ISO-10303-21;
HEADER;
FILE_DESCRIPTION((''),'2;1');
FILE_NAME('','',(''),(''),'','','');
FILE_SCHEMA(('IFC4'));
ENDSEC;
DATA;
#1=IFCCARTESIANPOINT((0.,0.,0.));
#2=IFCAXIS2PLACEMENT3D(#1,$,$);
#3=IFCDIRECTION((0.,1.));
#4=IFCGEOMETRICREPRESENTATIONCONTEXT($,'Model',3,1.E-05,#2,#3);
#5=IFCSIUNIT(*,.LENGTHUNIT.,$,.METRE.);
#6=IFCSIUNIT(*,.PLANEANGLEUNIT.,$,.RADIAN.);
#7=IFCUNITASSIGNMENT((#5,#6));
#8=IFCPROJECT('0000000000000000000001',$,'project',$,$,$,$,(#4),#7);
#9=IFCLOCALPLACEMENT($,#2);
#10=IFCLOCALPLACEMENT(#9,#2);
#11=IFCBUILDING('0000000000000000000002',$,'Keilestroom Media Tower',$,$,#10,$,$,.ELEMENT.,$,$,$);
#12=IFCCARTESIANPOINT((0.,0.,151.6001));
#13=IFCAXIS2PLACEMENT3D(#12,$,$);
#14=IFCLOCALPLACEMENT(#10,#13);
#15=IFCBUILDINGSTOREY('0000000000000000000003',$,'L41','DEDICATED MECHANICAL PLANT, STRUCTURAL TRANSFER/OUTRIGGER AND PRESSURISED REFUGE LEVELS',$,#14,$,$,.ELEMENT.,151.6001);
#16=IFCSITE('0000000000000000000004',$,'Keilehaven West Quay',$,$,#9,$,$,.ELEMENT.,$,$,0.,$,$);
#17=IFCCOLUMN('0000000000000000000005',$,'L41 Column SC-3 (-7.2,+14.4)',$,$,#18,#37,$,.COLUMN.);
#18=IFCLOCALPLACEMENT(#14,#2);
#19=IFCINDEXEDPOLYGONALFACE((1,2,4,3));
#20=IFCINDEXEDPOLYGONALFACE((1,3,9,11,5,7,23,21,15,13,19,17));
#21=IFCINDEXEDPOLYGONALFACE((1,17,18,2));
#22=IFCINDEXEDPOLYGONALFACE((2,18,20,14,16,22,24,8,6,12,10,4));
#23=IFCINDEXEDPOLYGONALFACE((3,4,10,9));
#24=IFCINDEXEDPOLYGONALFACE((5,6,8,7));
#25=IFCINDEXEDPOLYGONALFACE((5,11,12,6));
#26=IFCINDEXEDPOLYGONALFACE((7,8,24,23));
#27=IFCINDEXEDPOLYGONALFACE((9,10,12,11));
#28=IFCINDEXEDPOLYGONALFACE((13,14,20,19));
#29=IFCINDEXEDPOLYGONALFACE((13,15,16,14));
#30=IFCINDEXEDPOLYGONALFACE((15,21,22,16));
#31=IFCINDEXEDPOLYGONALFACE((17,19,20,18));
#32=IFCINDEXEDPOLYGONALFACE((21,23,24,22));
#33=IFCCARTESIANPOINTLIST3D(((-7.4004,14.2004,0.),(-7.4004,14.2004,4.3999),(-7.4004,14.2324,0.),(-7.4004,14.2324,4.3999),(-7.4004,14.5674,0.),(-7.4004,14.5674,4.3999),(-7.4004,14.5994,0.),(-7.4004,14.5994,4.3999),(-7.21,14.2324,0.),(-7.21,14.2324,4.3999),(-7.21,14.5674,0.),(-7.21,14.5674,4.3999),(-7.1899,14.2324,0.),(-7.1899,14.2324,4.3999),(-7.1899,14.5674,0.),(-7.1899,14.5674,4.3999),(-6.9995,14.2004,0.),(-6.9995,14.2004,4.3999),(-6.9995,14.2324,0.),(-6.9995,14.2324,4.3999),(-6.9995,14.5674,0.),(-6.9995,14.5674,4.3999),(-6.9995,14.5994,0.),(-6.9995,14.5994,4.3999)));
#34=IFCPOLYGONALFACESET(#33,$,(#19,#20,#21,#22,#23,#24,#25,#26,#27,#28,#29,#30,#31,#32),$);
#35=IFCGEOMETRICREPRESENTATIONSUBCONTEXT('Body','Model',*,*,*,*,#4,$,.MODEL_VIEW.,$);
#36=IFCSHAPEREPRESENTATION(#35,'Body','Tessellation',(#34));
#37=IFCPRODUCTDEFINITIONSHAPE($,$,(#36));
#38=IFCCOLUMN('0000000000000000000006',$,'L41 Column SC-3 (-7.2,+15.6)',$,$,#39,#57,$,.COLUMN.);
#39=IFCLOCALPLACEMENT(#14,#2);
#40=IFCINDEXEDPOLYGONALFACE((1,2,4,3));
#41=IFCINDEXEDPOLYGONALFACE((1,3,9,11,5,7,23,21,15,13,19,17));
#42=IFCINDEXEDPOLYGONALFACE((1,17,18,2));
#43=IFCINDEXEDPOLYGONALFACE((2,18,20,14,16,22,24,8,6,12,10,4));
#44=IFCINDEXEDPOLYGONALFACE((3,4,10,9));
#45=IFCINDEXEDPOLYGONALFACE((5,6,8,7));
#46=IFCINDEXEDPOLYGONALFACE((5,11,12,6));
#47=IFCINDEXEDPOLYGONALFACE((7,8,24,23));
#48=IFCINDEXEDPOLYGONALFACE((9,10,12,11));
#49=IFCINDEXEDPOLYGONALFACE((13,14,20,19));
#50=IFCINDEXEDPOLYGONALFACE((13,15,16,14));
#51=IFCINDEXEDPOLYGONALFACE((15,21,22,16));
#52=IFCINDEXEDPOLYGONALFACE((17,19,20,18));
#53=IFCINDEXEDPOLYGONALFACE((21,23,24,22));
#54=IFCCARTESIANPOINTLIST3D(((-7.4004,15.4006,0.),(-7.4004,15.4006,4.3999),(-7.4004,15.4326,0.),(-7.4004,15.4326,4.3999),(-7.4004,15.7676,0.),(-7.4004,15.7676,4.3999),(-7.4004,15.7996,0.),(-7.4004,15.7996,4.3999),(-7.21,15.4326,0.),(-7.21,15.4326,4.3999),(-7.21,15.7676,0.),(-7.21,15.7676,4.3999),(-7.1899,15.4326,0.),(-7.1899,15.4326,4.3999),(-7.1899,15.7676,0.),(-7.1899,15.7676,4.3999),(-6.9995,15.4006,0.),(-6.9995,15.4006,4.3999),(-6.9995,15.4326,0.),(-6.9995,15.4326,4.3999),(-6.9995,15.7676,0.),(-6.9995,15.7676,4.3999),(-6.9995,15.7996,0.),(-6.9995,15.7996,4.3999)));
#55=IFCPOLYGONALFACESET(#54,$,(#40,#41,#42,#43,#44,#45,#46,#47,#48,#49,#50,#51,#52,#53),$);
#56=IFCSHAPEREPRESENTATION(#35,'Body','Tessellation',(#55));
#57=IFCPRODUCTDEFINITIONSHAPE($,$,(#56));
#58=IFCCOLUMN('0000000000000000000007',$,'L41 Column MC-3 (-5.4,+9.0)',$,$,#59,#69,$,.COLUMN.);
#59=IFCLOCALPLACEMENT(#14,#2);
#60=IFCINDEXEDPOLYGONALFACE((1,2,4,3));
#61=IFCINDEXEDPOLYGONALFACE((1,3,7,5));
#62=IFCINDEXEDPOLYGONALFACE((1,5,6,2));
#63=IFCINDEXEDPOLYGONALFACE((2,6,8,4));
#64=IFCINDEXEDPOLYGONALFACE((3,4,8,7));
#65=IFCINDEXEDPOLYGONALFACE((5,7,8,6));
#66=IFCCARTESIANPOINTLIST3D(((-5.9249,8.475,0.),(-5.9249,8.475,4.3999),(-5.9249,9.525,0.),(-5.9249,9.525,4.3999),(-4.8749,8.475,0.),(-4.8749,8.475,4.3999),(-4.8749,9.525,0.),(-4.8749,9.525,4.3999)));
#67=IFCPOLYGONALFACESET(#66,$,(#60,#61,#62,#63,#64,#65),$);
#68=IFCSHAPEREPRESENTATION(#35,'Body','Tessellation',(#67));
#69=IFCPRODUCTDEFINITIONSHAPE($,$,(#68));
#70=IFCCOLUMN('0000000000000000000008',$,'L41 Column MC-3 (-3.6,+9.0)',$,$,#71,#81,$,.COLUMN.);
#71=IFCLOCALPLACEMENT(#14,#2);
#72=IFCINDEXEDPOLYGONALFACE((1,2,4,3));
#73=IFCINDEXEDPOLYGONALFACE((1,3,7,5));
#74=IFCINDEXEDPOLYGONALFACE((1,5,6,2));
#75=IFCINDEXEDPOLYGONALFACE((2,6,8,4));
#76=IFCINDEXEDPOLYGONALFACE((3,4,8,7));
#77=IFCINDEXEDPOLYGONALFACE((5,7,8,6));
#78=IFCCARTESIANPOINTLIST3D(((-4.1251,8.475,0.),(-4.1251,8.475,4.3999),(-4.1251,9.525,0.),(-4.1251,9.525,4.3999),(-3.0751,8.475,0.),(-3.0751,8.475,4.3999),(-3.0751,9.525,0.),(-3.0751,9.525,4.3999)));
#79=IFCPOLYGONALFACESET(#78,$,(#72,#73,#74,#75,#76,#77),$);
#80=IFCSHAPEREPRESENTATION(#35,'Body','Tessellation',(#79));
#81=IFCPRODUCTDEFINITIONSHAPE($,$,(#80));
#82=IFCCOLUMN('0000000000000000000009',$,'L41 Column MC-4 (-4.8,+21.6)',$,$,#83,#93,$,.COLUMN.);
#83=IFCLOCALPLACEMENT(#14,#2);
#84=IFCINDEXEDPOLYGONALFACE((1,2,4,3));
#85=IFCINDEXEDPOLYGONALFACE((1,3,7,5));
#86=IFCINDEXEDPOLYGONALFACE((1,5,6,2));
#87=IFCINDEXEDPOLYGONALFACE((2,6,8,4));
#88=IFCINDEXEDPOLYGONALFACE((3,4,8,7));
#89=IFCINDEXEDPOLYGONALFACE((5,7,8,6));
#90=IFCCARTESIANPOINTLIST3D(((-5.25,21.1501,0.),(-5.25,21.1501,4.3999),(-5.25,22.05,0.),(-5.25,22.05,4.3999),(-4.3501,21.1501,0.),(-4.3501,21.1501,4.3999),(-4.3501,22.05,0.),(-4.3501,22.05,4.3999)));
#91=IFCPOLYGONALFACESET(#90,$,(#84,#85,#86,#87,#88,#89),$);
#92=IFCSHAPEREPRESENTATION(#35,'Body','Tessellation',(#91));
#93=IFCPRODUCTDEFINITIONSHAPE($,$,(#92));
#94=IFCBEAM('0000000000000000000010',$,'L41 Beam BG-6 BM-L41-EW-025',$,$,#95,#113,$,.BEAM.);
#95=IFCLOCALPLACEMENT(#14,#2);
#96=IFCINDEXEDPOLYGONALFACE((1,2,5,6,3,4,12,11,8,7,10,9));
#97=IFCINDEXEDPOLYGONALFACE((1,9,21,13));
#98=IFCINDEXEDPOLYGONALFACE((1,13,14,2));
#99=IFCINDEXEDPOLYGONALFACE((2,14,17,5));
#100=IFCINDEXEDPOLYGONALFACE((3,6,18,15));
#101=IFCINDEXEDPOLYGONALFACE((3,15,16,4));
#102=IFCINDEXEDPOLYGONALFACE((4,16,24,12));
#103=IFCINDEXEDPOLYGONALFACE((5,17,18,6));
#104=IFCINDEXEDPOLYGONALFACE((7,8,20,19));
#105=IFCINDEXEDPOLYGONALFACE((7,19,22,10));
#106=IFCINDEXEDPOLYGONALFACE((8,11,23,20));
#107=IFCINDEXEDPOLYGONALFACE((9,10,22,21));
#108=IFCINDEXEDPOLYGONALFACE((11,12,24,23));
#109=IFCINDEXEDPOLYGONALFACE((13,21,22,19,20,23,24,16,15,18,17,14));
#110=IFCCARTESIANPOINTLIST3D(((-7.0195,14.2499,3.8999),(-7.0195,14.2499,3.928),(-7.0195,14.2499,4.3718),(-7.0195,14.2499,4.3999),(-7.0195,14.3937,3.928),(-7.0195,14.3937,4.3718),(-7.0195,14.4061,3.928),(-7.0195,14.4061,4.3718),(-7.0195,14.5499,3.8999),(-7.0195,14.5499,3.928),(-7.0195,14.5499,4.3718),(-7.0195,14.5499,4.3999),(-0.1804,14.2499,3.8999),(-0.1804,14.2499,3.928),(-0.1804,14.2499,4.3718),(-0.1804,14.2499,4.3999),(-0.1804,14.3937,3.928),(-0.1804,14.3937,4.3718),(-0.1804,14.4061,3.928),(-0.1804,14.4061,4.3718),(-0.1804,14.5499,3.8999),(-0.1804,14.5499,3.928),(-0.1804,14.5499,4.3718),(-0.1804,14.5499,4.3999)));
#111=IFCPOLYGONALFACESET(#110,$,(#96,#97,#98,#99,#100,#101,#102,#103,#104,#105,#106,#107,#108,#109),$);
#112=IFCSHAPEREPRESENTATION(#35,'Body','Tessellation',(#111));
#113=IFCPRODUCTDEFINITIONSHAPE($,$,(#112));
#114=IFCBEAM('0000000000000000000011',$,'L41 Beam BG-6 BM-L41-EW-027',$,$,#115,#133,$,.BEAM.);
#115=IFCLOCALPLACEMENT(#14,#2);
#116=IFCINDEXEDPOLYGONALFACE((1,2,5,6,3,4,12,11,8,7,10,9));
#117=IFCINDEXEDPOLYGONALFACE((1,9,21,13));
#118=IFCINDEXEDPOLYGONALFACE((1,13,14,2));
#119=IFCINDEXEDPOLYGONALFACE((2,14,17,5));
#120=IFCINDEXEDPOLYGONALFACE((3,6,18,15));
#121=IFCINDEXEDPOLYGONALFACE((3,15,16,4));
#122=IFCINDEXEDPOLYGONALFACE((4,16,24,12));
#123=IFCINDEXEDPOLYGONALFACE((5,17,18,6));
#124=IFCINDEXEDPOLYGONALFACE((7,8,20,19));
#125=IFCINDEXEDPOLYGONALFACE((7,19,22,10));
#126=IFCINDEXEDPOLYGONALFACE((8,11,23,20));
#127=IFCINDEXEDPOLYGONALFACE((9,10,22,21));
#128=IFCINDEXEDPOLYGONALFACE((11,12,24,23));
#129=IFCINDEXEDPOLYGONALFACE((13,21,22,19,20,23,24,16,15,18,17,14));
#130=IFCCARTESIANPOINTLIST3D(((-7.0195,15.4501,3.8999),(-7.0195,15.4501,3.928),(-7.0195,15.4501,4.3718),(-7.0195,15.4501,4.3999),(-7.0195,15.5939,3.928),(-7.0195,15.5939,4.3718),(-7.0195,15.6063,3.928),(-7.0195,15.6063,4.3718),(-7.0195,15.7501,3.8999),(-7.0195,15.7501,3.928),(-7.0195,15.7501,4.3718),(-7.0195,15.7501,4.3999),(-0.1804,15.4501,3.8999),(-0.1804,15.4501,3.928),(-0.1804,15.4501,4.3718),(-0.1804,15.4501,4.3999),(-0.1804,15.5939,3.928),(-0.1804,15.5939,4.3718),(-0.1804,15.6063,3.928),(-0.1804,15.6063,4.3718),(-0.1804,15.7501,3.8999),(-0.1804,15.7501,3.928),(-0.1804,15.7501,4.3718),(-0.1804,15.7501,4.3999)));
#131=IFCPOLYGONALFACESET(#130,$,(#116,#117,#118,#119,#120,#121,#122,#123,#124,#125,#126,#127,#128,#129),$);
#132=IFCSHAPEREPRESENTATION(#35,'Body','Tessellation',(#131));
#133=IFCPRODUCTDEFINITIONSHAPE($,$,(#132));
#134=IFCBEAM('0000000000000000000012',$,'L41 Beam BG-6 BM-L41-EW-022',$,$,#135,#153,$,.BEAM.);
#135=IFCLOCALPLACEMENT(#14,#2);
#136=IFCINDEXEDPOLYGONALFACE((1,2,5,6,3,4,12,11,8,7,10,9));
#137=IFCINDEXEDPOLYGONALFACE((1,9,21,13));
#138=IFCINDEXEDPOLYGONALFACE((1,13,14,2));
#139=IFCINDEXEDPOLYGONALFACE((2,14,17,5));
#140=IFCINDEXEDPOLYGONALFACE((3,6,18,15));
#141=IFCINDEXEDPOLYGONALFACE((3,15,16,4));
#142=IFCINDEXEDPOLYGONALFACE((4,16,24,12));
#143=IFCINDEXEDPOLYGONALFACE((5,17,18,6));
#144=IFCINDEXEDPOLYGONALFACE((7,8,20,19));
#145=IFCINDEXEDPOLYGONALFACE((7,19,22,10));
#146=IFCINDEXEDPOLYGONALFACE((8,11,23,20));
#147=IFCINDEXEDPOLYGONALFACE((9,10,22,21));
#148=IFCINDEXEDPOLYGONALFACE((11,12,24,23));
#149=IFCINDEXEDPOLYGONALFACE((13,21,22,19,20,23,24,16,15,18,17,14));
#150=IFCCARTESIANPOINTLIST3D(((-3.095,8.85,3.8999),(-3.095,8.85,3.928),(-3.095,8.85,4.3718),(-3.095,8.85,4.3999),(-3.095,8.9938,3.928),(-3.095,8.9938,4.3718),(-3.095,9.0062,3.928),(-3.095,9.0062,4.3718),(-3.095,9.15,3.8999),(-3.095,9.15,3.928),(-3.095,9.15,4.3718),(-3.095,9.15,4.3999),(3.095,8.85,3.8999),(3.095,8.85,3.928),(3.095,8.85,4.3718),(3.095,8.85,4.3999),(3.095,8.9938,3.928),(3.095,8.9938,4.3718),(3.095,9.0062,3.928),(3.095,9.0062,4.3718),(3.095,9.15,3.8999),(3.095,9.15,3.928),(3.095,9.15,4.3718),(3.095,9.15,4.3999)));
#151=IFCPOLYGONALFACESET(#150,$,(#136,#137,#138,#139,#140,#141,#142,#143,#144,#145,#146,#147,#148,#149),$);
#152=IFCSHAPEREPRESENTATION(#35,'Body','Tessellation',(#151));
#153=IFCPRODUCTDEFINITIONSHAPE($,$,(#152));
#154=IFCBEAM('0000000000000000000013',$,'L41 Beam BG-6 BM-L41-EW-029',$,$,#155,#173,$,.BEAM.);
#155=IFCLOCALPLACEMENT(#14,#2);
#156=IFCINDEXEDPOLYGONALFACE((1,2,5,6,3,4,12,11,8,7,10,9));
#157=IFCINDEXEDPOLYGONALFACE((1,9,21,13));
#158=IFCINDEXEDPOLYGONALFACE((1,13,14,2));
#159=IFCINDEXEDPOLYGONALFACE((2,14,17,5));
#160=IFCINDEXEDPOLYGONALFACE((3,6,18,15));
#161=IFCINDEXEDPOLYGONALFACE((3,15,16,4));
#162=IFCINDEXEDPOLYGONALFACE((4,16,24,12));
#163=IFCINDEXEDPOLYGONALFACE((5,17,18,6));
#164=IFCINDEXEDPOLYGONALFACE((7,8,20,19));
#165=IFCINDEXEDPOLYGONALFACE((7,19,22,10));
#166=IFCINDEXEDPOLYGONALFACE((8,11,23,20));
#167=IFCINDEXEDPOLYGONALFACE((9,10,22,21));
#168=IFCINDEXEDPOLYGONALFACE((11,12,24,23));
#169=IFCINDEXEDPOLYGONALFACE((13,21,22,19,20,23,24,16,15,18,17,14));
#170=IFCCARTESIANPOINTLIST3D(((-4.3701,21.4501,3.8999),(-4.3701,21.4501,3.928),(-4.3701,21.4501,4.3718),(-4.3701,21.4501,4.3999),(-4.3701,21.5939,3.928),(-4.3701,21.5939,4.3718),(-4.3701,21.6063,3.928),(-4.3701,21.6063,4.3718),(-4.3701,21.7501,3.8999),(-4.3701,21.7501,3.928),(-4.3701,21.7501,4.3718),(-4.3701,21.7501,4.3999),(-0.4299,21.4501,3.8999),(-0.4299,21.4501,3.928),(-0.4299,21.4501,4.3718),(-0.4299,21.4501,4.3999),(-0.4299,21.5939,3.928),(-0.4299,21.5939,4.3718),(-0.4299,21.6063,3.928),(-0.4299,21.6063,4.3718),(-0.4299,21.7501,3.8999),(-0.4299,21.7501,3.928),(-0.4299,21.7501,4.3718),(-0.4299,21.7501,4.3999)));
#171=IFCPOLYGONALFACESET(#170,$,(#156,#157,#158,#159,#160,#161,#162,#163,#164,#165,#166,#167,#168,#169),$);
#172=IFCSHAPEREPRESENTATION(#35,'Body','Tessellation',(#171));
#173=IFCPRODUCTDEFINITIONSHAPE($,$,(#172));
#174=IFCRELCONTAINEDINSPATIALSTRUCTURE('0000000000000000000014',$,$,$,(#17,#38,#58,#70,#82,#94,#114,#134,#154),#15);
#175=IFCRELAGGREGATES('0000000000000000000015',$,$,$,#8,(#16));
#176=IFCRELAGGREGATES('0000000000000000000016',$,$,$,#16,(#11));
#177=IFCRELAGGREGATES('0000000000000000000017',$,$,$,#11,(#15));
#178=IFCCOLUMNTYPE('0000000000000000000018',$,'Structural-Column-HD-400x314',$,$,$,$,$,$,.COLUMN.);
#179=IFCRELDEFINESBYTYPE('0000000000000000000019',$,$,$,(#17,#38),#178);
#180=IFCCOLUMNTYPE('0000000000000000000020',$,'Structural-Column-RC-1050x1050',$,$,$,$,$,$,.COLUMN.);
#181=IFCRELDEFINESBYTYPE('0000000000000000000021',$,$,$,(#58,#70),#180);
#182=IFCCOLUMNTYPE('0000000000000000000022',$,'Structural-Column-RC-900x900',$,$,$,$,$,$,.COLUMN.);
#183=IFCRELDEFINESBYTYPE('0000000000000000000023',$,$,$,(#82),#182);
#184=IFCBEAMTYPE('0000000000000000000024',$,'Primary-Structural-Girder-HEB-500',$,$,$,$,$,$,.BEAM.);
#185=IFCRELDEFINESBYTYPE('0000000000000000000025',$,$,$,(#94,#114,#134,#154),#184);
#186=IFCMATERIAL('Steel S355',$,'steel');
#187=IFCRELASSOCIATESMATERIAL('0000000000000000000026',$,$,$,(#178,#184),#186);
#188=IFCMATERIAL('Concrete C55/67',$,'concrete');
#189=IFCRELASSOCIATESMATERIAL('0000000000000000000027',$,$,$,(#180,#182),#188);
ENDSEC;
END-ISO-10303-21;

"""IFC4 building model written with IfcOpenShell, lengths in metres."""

from ifc_helpers import new_model, si_unit, direction, frame, origin, origin_2d, place, context, subcontext, project, spatial, rectangle, i_section, extrude, source, transform, mapped, material, material_profile, profile_set, type_object, element, save


model = new_model("IFC4")

# Units and contexts
model_context = context("Model", 3, precision=1e-05, world=origin(), true_north=direction((0.0, 1.0)))
body_context = subcontext(model_context, "Body", "Model", "MODEL_VIEW")
ifc_project = project(units=[si_unit("LENGTHUNIT", "METRE"), si_unit("PLANEANGLEUNIT", "RADIAN")], contexts=[model_context])

# Site, building, storey
site_placement = place(None, origin())
site = spatial("IfcSite", under=ifc_project, at=site_placement, Name="Keilehaven West Quay", CompositionType="ELEMENT", RefElevation=0.0)
building_placement = place(site_placement, origin())
building = spatial("IfcBuilding", under=site, at=building_placement, Name="Keilestroom Media Tower", CompositionType="ELEMENT")
storey_placement = place(building_placement, frame((0.0, 0.0, 151.6001)))
storey = spatial("IfcBuildingStorey", under=building, at=storey_placement, Name="L41", Description="DEDICATED MECHANICAL PLANT, STRUCTURAL TRANSFER/OUTRIGGER AND PRESSURISED REFUGE LEVELS", CompositionType="ELEMENT", Elevation=151.6001)

# Columns
ifc_material_1 = material(Name="Steel S355", Category="steel")
ifc_material_profile_1 = material_profile(ifc_material_1, i_section(OverallWidth=0.4009, OverallDepth=0.3989, WebThickness=0.02, FlangeThickness=0.032, at=origin_2d()), Name="HD 400x314")
ifc_profile_set_1 = profile_set([ifc_material_profile_1], Name="Steel S355")
column_type_1 = type_object("IfcColumnType", Name="Structural-Column-HD-400x314", PredefinedType="COLUMN", material=ifc_profile_set_1)
shared_shape_1 = source(origin(), body_context, "Body", "SweptSolid", [
    extrude(i_section(OverallWidth=0.4009, OverallDepth=0.3989, WebThickness=0.02, FlangeThickness=0.032, at=origin_2d()), origin(), (0.0, 0.0, 1.0), 4.3999),
])
for number, where, z_axis, x_axis, name in (
    (1, (-7.2, 14.3999, 0.0), (0.0, 0.0, 1.0), (1.0, 0.0, 0.0), "L41 Column SC-3 (-7.2,+14.4)"),
    (2, (-7.2, 15.6001, 0.0), (0.0, 0.0, 1.0), (1.0, 0.0, 0.0), "L41 Column SC-3 (-7.2,+15.6)"),
):
    element("IfcColumn", number, at=place(storey_placement, frame(where, z_axis=z_axis, x_axis=x_axis)), inside=storey, type_object=column_type_1, Name=name, PredefinedType="COLUMN", context=body_context, shape_type="MappedRepresentation", body=[
        mapped(shared_shape_1, transform((0.0, 0.0, 0.0), x_axis=(1.0, 0.0, 0.0), y_axis=(0.0, 1.0, 0.0), z_axis=(0.0, 0.0, 1.0), scale=1.0)),
    ])
ifc_material_2 = material(Name="Concrete C55/67", Category="concrete")
ifc_material_profile_2 = material_profile(ifc_material_2, rectangle(XDim=1.05, YDim=1.05, at=origin_2d()), Name="RC 1050x1050")
ifc_profile_set_2 = profile_set([ifc_material_profile_2], Name="Concrete C55/67")
column_type_2 = type_object("IfcColumnType", Name="Structural-Column-RC-1050x1050", PredefinedType="COLUMN", material=ifc_profile_set_2)
shared_shape_2 = source(origin(), body_context, "Body", "SweptSolid", [
    extrude(rectangle(XDim=1.05, YDim=1.05, at=origin_2d()), origin(), (0.0, 0.0, 1.0), 4.3999),
])
for number, where, z_axis, x_axis, name in (
    (3, (-5.3999, 9.0, 0.0), (0.0, 0.0, 1.0), (1.0, 0.0, 0.0), "L41 Column MC-3 (-5.4,+9.0)"),
    (4, (-3.6001, 9.0, 0.0), (0.0, 0.0, 1.0), (1.0, 0.0, 0.0), "L41 Column MC-3 (-3.6,+9.0)"),
):
    element("IfcColumn", number, at=place(storey_placement, frame(where, z_axis=z_axis, x_axis=x_axis)), inside=storey, type_object=column_type_2, Name=name, PredefinedType="COLUMN", context=body_context, shape_type="MappedRepresentation", body=[
        mapped(shared_shape_2, transform((0.0, 0.0, 0.0), x_axis=(1.0, 0.0, 0.0), y_axis=(0.0, 1.0, 0.0), z_axis=(0.0, 0.0, 1.0), scale=1.0)),
    ])
ifc_material_profile_3 = material_profile(ifc_material_2, rectangle(XDim=0.8999, YDim=0.8999, at=origin_2d()), Name="RC 900x900")
ifc_profile_set_3 = profile_set([ifc_material_profile_3], Name="Concrete C55/67")
column_type_3 = type_object("IfcColumnType", Name="Structural-Column-RC-900x900", PredefinedType="COLUMN", material=ifc_profile_set_3)
shared_shape_3 = source(origin(), body_context, "Body", "SweptSolid", [
    extrude(rectangle(XDim=0.8999, YDim=0.8999, at=origin_2d()), origin(), (0.0, 0.0, 1.0), 4.3999),
])
column_placement = place(storey_placement, frame((-4.8, 21.6001, 0.0), z_axis=(0.0, 0.0, 1.0), x_axis=(1.0, 0.0, 0.0)))
element("IfcColumn", 5, at=column_placement, inside=storey, type_object=column_type_3, Name="L41 Column MC-4 (-4.8,+21.6)", PredefinedType="COLUMN", context=body_context, shape_type="MappedRepresentation", body=[
    mapped(shared_shape_3, transform((0.0, 0.0, 0.0), x_axis=(1.0, 0.0, 0.0), y_axis=(0.0, 1.0, 0.0), z_axis=(0.0, 0.0, 1.0), scale=1.0)),
])

# Beams
ifc_material_profile_4 = material_profile(ifc_material_1, i_section(OverallWidth=0.3, OverallDepth=0.5, WebThickness=0.0125, FlangeThickness=0.0281, at=origin_2d()), Name="HEB 500")
ifc_profile_set_4 = profile_set([ifc_material_profile_4], Name="Steel S355")
beam_type = type_object("IfcBeamType", Name="Primary-Structural-Girder-HEB-500", PredefinedType="BEAM", material=ifc_profile_set_4)
shared_shape_4 = source(origin(), body_context, "Body", "SweptSolid", [
    extrude(i_section(OverallWidth=0.3, OverallDepth=0.5, WebThickness=0.0125, FlangeThickness=0.0281, at=origin_2d()), origin(), (0.0, 0.0, 1.0), 6.8391),
])
for number, where, z_axis, x_axis, name in (
    (6, (-7.0195, 14.3999, 4.1499), (1.0, 0.0, 0.0), (0.0, 1.0, 0.0), "L41 Beam BG-6 BM-L41-EW-025"),
    (7, (-7.0195, 15.6001, 4.1499), (1.0, 0.0, 0.0), (0.0, 1.0, 0.0), "L41 Beam BG-6 BM-L41-EW-027"),
):
    element("IfcBeam", number, at=place(storey_placement, frame(where, z_axis=z_axis, x_axis=x_axis)), inside=storey, type_object=beam_type, Name=name, PredefinedType="BEAM", context=body_context, shape_type="MappedRepresentation", body=[
        mapped(shared_shape_4, transform((0.0, 0.0, 0.0), x_axis=(1.0, 0.0, 0.0), y_axis=(0.0, 1.0, 0.0), z_axis=(0.0, 0.0, 1.0), scale=1.0)),
    ])
shared_shape_5 = source(origin(), body_context, "Body", "SweptSolid", [
    extrude(i_section(OverallWidth=0.3, OverallDepth=0.5, WebThickness=0.0125, FlangeThickness=0.0281, at=origin_2d()), origin(), (0.0, 0.0, 1.0), 6.1899),
])
beam_1_placement = place(storey_placement, frame((-3.095, 9.0, 4.1499), z_axis=(1.0, 0.0, 0.0), x_axis=(0.0, 1.0, 0.0)))
element("IfcBeam", 8, at=beam_1_placement, inside=storey, type_object=beam_type, Name="L41 Beam BG-6 BM-L41-EW-022", PredefinedType="BEAM", context=body_context, shape_type="MappedRepresentation", body=[
    mapped(shared_shape_5, transform((0.0, 0.0, 0.0), x_axis=(1.0, 0.0, 0.0), y_axis=(0.0, 1.0, 0.0), z_axis=(0.0, 0.0, 1.0), scale=1.0)),
])
shared_shape_6 = source(origin(), body_context, "Body", "SweptSolid", [
    extrude(i_section(OverallWidth=0.3, OverallDepth=0.5, WebThickness=0.0125, FlangeThickness=0.0281, at=origin_2d()), origin(), (0.0, 0.0, 1.0), 3.9402),
])
beam_2_placement = place(storey_placement, frame((-4.3701, 21.6001, 4.1499), z_axis=(1.0, 0.0, 0.0), x_axis=(0.0, 1.0, 0.0)))
element("IfcBeam", 9, at=beam_2_placement, inside=storey, type_object=beam_type, Name="L41 Beam BG-6 BM-L41-EW-029", PredefinedType="BEAM", context=body_context, shape_type="MappedRepresentation", body=[
    mapped(shared_shape_6, transform((0.0, 0.0, 0.0), x_axis=(1.0, 0.0, 0.0), y_axis=(0.0, 1.0, 0.0), z_axis=(0.0, 0.0, 1.0), scale=1.0)),
])

save(model, "model.ifc")
